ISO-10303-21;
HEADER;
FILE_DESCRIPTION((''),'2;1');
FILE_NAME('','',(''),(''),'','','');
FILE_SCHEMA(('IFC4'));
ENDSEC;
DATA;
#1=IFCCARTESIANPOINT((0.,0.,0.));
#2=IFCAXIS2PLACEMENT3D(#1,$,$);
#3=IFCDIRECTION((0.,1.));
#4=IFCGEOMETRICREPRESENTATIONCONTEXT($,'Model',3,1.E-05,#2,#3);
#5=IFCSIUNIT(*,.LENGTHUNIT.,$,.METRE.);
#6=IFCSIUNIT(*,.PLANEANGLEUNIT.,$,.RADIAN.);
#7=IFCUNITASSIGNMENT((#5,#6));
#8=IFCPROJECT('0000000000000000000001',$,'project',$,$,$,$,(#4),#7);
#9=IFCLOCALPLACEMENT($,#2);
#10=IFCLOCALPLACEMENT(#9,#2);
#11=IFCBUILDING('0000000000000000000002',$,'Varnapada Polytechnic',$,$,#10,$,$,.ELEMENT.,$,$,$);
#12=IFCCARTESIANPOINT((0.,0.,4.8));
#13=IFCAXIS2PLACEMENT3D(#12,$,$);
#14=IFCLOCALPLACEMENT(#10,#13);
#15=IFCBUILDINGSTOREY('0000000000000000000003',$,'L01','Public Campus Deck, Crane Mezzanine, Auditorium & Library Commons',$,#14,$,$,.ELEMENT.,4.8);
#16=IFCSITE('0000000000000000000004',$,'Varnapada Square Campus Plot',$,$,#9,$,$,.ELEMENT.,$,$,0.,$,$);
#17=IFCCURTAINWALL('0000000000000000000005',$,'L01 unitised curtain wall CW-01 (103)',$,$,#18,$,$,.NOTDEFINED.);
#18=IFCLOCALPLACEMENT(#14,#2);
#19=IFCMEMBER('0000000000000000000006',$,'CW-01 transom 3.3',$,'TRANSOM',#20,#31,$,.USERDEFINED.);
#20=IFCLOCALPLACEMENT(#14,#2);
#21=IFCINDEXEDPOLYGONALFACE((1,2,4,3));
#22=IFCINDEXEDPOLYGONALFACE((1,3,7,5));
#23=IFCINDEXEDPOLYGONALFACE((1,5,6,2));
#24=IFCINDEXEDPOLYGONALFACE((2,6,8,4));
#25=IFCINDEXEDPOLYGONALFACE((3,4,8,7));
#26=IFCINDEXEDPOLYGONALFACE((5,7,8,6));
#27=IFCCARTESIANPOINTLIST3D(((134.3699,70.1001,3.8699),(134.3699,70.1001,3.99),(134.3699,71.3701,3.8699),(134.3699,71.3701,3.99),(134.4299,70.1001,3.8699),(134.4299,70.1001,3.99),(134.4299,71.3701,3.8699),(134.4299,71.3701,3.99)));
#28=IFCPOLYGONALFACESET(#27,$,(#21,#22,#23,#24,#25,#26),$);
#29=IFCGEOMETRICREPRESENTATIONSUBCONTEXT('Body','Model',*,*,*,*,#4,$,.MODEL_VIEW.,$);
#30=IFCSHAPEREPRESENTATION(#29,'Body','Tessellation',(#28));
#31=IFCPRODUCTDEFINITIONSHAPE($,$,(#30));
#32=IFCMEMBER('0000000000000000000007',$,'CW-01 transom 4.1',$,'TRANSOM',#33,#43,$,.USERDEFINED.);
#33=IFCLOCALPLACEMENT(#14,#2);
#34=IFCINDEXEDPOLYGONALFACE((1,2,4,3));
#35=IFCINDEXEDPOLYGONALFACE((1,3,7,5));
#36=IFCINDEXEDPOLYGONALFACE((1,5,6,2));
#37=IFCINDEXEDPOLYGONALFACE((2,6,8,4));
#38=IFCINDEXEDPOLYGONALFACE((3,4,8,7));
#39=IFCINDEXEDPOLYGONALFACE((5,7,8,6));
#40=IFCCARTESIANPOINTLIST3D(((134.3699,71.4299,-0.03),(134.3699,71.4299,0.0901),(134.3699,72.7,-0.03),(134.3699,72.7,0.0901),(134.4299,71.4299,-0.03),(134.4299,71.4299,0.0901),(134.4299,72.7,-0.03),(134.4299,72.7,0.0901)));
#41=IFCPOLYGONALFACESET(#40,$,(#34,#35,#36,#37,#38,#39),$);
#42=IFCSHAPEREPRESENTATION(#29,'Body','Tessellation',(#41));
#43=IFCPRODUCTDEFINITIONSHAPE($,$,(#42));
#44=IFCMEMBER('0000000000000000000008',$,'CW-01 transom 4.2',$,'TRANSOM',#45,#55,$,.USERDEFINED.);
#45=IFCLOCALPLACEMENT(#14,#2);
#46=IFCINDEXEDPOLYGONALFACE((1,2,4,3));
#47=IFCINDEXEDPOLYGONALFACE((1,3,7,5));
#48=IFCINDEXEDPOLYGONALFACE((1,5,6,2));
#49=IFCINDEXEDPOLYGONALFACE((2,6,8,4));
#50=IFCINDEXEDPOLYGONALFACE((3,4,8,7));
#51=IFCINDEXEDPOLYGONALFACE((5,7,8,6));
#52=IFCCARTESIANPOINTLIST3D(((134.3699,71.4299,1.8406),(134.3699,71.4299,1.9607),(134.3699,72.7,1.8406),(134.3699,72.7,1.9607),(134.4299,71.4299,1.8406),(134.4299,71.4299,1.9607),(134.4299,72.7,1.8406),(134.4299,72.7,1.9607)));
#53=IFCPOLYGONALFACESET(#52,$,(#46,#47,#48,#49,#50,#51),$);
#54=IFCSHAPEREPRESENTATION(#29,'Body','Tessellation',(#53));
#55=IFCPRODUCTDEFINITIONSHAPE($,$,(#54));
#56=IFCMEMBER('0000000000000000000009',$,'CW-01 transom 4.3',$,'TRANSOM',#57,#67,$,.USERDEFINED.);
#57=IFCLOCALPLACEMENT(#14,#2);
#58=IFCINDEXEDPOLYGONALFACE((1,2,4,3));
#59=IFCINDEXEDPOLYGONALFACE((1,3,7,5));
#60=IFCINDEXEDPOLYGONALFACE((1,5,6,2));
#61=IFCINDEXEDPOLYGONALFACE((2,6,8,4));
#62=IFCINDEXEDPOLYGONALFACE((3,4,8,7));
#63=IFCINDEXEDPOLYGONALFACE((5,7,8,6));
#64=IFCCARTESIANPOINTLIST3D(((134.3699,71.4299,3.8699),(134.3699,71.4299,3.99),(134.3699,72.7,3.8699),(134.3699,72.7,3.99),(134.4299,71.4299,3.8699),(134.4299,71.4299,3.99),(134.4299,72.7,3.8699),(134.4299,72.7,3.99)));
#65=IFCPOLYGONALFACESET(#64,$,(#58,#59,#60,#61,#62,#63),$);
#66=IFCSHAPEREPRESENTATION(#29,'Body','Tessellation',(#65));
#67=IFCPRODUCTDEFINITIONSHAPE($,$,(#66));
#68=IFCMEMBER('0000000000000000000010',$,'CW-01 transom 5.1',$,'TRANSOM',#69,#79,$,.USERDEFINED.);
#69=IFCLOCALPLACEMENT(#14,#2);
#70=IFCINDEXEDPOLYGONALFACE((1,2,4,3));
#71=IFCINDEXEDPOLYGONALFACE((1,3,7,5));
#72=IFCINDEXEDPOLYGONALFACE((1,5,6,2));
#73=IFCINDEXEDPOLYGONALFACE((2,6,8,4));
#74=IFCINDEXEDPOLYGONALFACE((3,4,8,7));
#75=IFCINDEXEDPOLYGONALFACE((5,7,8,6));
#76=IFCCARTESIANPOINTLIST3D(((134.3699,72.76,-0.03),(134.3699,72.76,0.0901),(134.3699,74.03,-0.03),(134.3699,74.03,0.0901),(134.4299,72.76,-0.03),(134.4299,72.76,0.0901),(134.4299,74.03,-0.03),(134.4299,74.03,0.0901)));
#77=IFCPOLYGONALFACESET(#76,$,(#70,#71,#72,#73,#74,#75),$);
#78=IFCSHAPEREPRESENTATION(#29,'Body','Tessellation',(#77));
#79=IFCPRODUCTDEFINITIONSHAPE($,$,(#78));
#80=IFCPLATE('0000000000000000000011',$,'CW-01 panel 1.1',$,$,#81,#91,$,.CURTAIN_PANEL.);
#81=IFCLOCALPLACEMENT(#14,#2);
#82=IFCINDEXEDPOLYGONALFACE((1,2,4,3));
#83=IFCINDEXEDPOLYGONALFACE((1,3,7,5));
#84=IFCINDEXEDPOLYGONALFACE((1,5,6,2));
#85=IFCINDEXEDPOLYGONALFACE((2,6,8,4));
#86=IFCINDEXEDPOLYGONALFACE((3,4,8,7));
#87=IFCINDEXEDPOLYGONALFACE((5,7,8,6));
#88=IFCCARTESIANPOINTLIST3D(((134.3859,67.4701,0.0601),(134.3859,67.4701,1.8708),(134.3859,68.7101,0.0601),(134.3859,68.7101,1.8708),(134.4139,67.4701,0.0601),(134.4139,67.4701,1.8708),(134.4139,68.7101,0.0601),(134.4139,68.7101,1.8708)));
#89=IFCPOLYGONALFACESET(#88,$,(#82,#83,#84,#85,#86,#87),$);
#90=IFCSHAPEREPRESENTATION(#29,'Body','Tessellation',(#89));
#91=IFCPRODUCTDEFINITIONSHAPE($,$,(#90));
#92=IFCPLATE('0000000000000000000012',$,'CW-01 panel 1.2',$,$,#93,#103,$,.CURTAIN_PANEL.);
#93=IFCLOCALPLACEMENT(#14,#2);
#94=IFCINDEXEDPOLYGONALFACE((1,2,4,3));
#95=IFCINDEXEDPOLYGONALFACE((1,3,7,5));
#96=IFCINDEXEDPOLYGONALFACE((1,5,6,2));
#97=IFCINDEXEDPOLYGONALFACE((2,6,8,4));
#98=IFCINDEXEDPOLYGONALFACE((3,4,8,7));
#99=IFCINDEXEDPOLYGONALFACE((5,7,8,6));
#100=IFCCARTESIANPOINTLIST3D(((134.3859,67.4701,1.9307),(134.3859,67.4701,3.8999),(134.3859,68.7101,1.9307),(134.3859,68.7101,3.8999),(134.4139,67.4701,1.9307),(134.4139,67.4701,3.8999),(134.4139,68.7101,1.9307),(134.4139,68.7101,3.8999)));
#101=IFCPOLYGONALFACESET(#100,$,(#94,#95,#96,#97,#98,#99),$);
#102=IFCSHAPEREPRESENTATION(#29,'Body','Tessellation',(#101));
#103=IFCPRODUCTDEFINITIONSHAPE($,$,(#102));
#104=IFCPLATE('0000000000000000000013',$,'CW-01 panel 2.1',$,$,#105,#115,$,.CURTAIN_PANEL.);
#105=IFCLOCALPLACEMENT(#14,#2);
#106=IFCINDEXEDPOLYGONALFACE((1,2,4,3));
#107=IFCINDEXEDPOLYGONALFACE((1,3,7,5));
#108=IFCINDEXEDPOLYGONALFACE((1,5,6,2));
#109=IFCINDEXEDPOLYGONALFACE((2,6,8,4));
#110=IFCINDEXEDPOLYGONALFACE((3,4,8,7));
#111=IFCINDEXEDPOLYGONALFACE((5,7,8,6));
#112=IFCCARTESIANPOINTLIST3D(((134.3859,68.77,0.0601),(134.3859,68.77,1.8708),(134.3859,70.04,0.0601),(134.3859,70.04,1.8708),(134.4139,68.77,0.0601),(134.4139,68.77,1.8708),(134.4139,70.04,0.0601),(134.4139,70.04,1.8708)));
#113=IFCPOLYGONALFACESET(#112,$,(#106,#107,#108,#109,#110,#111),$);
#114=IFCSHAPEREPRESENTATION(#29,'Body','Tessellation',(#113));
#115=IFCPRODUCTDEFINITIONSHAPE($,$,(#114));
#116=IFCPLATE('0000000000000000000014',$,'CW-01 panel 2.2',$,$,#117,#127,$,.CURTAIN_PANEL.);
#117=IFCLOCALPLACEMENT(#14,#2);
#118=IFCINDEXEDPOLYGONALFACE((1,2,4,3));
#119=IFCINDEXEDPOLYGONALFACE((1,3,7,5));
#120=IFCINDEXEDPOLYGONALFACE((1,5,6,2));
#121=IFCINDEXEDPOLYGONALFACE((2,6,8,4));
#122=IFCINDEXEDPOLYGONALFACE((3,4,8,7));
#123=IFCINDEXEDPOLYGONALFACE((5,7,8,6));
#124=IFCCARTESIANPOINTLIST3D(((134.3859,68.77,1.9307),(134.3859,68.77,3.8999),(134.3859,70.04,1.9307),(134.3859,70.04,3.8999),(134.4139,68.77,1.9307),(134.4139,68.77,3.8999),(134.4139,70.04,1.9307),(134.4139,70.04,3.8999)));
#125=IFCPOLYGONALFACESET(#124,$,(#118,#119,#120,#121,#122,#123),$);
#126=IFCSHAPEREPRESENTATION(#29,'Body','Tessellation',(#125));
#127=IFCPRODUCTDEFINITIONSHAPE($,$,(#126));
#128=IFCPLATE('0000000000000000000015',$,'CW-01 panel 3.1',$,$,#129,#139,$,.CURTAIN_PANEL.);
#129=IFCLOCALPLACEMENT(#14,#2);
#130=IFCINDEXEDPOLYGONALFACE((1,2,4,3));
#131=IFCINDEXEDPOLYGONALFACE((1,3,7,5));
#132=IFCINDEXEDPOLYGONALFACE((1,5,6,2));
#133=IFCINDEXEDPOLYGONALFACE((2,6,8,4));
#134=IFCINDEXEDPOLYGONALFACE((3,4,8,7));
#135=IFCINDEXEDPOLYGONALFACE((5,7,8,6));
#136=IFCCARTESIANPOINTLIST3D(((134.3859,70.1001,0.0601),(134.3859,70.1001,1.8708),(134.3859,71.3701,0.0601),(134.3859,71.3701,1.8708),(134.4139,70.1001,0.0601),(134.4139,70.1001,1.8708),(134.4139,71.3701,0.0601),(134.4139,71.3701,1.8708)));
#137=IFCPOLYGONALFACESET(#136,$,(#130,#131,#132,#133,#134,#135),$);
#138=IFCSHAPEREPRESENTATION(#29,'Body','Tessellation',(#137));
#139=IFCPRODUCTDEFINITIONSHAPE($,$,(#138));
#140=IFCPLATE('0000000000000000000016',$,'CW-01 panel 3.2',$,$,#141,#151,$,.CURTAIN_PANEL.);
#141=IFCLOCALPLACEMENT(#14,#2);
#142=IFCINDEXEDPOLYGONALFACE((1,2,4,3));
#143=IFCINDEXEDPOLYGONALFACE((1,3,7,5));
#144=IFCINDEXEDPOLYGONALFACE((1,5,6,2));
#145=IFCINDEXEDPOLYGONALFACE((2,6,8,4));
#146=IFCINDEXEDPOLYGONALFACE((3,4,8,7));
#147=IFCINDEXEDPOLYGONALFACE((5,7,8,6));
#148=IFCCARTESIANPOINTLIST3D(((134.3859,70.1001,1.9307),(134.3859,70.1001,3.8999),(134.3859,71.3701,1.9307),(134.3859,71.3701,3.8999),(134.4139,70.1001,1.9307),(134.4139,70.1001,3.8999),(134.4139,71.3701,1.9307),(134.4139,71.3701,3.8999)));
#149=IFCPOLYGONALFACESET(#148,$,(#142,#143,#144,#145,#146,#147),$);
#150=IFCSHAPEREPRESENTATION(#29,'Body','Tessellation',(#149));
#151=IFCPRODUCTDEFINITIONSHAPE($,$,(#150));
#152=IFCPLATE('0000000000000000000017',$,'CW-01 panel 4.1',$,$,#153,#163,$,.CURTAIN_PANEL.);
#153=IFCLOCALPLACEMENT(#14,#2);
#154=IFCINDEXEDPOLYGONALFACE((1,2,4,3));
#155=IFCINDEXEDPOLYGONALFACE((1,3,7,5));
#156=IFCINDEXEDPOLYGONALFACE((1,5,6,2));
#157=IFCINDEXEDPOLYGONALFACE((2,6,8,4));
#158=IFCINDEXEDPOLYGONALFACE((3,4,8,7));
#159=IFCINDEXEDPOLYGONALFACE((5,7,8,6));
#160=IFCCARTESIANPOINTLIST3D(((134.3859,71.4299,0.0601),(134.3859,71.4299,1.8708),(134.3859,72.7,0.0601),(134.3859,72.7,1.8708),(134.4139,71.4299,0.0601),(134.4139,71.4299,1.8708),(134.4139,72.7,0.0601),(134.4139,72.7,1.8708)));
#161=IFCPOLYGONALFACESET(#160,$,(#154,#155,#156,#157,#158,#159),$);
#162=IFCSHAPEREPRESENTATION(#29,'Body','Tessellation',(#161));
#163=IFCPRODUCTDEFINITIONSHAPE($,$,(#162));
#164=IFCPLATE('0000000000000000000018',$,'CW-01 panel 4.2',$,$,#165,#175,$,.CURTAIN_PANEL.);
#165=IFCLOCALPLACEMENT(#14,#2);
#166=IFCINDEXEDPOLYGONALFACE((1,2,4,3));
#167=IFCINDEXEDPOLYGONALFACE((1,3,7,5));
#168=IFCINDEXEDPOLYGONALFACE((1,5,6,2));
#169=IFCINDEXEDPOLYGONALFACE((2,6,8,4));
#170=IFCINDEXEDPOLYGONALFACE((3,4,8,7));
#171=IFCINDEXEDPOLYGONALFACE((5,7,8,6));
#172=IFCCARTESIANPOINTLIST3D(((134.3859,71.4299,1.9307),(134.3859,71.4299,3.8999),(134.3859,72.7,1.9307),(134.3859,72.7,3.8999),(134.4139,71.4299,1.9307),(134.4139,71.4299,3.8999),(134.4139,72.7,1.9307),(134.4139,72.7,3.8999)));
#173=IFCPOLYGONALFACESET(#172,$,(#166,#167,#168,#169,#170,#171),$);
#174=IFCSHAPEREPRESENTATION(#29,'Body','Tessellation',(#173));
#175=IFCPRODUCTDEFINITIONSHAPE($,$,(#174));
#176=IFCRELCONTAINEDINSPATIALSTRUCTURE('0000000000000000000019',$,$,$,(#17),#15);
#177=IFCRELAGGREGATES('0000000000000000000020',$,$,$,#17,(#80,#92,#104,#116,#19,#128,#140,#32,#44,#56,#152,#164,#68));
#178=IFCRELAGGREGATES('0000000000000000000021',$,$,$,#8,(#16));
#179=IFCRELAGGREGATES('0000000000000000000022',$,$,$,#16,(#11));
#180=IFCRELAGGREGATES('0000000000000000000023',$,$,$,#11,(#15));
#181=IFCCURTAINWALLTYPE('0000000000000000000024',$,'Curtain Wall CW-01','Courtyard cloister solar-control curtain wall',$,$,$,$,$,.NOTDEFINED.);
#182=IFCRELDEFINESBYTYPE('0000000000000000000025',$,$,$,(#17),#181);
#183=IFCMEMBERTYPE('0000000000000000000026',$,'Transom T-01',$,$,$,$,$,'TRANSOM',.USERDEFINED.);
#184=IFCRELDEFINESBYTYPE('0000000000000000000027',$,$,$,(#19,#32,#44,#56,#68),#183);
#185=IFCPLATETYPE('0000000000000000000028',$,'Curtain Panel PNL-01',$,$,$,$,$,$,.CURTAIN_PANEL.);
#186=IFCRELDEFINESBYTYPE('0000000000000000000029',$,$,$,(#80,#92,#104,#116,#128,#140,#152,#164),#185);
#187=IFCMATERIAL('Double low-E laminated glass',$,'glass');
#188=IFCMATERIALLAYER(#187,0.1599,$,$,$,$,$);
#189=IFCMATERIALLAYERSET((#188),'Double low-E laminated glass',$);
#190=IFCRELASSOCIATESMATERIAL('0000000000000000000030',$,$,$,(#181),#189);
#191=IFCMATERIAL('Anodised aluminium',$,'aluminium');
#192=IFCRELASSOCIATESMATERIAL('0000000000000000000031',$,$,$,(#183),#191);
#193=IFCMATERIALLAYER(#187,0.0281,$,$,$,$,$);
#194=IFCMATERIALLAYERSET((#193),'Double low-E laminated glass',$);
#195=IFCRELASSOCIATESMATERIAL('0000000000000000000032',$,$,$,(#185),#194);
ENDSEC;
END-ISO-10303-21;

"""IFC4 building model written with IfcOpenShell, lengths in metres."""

from ifc_helpers import new_model, si_unit, direction, frame, origin, origin_2d, place, context, subcontext, project, spatial, rectangle, extrude, material, layer, layer_set, material_profile, profile_set, type_object, element, aggregate, save


model = new_model("IFC4")

# Units and contexts
model_context = context("Model", 3, precision=1e-05, world=origin(), true_north=direction((0.0, 1.0)))
body_context = subcontext(model_context, "Body", "Model", "MODEL_VIEW")
ifc_project = project(units=[si_unit("LENGTHUNIT", "METRE"), si_unit("PLANEANGLEUNIT", "RADIAN")], contexts=[model_context])

# Site, building, storey
site_placement = place(None, origin())
site = spatial("IfcSite", under=ifc_project, at=site_placement, Name="Varnapada Square Campus Plot", CompositionType="ELEMENT", RefElevation=0.0)
building_placement = place(site_placement, origin())
building = spatial("IfcBuilding", under=site, at=building_placement, Name="Varnapada Polytechnic", CompositionType="ELEMENT")
storey_placement = place(building_placement, frame((0.0, 0.0, 4.8)))
storey = spatial("IfcBuildingStorey", under=building, at=storey_placement, Name="L01", Description="Public Campus Deck, Crane Mezzanine, Auditorium & Library Commons", CompositionType="ELEMENT", Elevation=4.8)

# Curtain wall
ifc_material_1 = material(Name="Double low-E laminated glass", Category="glass")
ifc_layer_1 = layer(ifc_material_1, 0.1599)
ifc_layer_set_1 = layer_set([ifc_layer_1], Name="Double low-E laminated glass")
curtain_wall_type = type_object("IfcCurtainWallType", Name="Curtain Wall CW-01", Description="Courtyard cloister solar-control curtain wall", PredefinedType="NOTDEFINED", material=ifc_layer_set_1)
curtain_wall_placement = place(storey_placement, origin())
curtain_wall = element("IfcCurtainWall", 1, at=curtain_wall_placement, inside=storey, type_object=curtain_wall_type, Name="L01 unitised curtain wall CW-01 (103)", PredefinedType="NOTDEFINED")
ifc_material_2 = material(Name="Anodised aluminium", Category="aluminium")

# Members
ifc_material_profile_1 = material_profile(ifc_material_2, rectangle(XDim=0.0601, YDim=0.1201, at=origin_2d()), Name="ALU T60x120")
ifc_profile_set_1 = profile_set([ifc_material_profile_1], Name="Anodised aluminium")
member_type_1 = type_object("IfcMemberType", Name="Transom T-01", ElementType="TRANSOM", PredefinedType="USERDEFINED", material=ifc_profile_set_1)
member_1_placement = place(storey_placement, frame((134.3999, 70.1001, 3.9299), z_axis=(0.0, 1.0, 0.0), x_axis=(-1.0, 0.0, 0.0)))
member_1 = element("IfcMember", 2, at=member_1_placement, type_object=member_type_1, Name="CW-01 transom 3.3", ObjectType="TRANSOM", PredefinedType="USERDEFINED", context=body_context, shape_type="SweptSolid", body=[
    extrude(rectangle(XDim=0.0601, YDim=0.1201, at=origin_2d()), origin(), (0.0, 0.0, 1.0), 1.27),
])
member_2_placement = place(storey_placement, frame((134.3999, 71.4299, 0.03), z_axis=(0.0, 1.0, 0.0), x_axis=(-1.0, 0.0, 0.0)))
member_2 = element("IfcMember", 3, at=member_2_placement, type_object=member_type_1, Name="CW-01 transom 4.1", ObjectType="TRANSOM", PredefinedType="USERDEFINED", context=body_context, shape_type="SweptSolid", body=[
    extrude(rectangle(XDim=0.0601, YDim=0.1201, at=origin_2d()), origin(), (0.0, 0.0, 1.0), 1.27),
])
member_3_placement = place(storey_placement, frame((134.3999, 71.4299, 1.9006), z_axis=(0.0, 1.0, 0.0), x_axis=(-1.0, 0.0, 0.0)))
member_3 = element("IfcMember", 4, at=member_3_placement, type_object=member_type_1, Name="CW-01 transom 4.2", ObjectType="TRANSOM", PredefinedType="USERDEFINED", context=body_context, shape_type="SweptSolid", body=[
    extrude(rectangle(XDim=0.0601, YDim=0.1201, at=origin_2d()), origin(), (0.0, 0.0, 1.0), 1.27),
])
member_4_placement = place(storey_placement, frame((134.3999, 71.4299, 3.9299), z_axis=(0.0, 1.0, 0.0), x_axis=(-1.0, 0.0, 0.0)))
member_4 = element("IfcMember", 5, at=member_4_placement, type_object=member_type_1, Name="CW-01 transom 4.3", ObjectType="TRANSOM", PredefinedType="USERDEFINED", context=body_context, shape_type="SweptSolid", body=[
    extrude(rectangle(XDim=0.0601, YDim=0.1201, at=origin_2d()), origin(), (0.0, 0.0, 1.0), 1.27),
])
member_5_placement = place(storey_placement, frame((134.3999, 72.76, 0.03), z_axis=(0.0, 1.0, 0.0), x_axis=(-1.0, 0.0, 0.0)))
member_5 = element("IfcMember", 6, at=member_5_placement, type_object=member_type_1, Name="CW-01 transom 5.1", ObjectType="TRANSOM", PredefinedType="USERDEFINED", context=body_context, shape_type="SweptSolid", body=[
    extrude(rectangle(XDim=0.0601, YDim=0.1201, at=origin_2d()), origin(), (0.0, 0.0, 1.0), 1.27),
])

# Plates
ifc_layer_2 = layer(ifc_material_1, 0.0281)
ifc_layer_set_2 = layer_set([ifc_layer_2], Name="Double low-E laminated glass")
plate_type = type_object("IfcPlateType", Name="Curtain Panel PNL-01", PredefinedType="CURTAIN_PANEL", material=ifc_layer_set_2)
plate_1_placement = place(storey_placement, frame((134.3999, 68.0901, 0.0601), z_axis=(0.0, 0.0, 1.0), x_axis=(0.0, 1.0, 0.0)))
plate_1 = element("IfcPlate", 7, at=plate_1_placement, type_object=plate_type, Name="CW-01 panel 1.1", PredefinedType="CURTAIN_PANEL", context=body_context, shape_type="SweptSolid", body=[
    extrude(rectangle(XDim=1.24, YDim=0.0281, at=origin_2d()), origin(), (0.0, 0.0, 1.0), 1.8108),
])
plate_2_placement = place(storey_placement, frame((134.3999, 68.0901, 1.9307), z_axis=(0.0, 0.0, 1.0), x_axis=(0.0, 1.0, 0.0)))
plate_2 = element("IfcPlate", 8, at=plate_2_placement, type_object=plate_type, Name="CW-01 panel 1.2", PredefinedType="CURTAIN_PANEL", context=body_context, shape_type="SweptSolid", body=[
    extrude(rectangle(XDim=1.24, YDim=0.0281, at=origin_2d()), origin(), (0.0, 0.0, 1.0), 1.9692),
])
plate_3_placement = place(storey_placement, frame((134.3999, 69.405, 0.0601), z_axis=(0.0, 0.0, 1.0), x_axis=(0.0, 1.0, 0.0)))
plate_3 = element("IfcPlate", 9, at=plate_3_placement, type_object=plate_type, Name="CW-01 panel 2.1", PredefinedType="CURTAIN_PANEL", context=body_context, shape_type="SweptSolid", body=[
    extrude(rectangle(XDim=1.27, YDim=0.0281, at=origin_2d()), origin(), (0.0, 0.0, 1.0), 1.8108),
])
plate_4_placement = place(storey_placement, frame((134.3999, 69.405, 1.9307), z_axis=(0.0, 0.0, 1.0), x_axis=(0.0, 1.0, 0.0)))
plate_4 = element("IfcPlate", 10, at=plate_4_placement, type_object=plate_type, Name="CW-01 panel 2.2", PredefinedType="CURTAIN_PANEL", context=body_context, shape_type="SweptSolid", body=[
    extrude(rectangle(XDim=1.27, YDim=0.0281, at=origin_2d()), origin(), (0.0, 0.0, 1.0), 1.9692),
])
plate_5_placement = place(storey_placement, frame((134.3999, 70.7351, 0.0601), z_axis=(0.0, 0.0, 1.0), x_axis=(0.0, 1.0, 0.0)))
plate_5 = element("IfcPlate", 11, at=plate_5_placement, type_object=plate_type, Name="CW-01 panel 3.1", PredefinedType="CURTAIN_PANEL", context=body_context, shape_type="SweptSolid", body=[
    extrude(rectangle(XDim=1.27, YDim=0.0281, at=origin_2d()), origin(), (0.0, 0.0, 1.0), 1.8108),
])
plate_6_placement = place(storey_placement, frame((134.3999, 70.7351, 1.9307), z_axis=(0.0, 0.0, 1.0), x_axis=(0.0, 1.0, 0.0)))
plate_6 = element("IfcPlate", 12, at=plate_6_placement, type_object=plate_type, Name="CW-01 panel 3.2", PredefinedType="CURTAIN_PANEL", context=body_context, shape_type="SweptSolid", body=[
    extrude(rectangle(XDim=1.27, YDim=0.0281, at=origin_2d()), origin(), (0.0, 0.0, 1.0), 1.9692),
])
plate_7_placement = place(storey_placement, frame((134.3999, 72.0649, 0.0601), z_axis=(0.0, 0.0, 1.0), x_axis=(0.0, 1.0, 0.0)))
plate_7 = element("IfcPlate", 13, at=plate_7_placement, type_object=plate_type, Name="CW-01 panel 4.1", PredefinedType="CURTAIN_PANEL", context=body_context, shape_type="SweptSolid", body=[
    extrude(rectangle(XDim=1.27, YDim=0.0281, at=origin_2d()), origin(), (0.0, 0.0, 1.0), 1.8108),
])
plate_8_placement = place(storey_placement, frame((134.3999, 72.0649, 1.9307), z_axis=(0.0, 0.0, 1.0), x_axis=(0.0, 1.0, 0.0)))
plate_8 = element("IfcPlate", 14, at=plate_8_placement, type_object=plate_type, Name="CW-01 panel 4.2", PredefinedType="CURTAIN_PANEL", context=body_context, shape_type="SweptSolid", body=[
    extrude(rectangle(XDim=1.27, YDim=0.0281, at=origin_2d()), origin(), (0.0, 0.0, 1.0), 1.9692),
])
aggregate(curtain_wall, [plate_1, plate_2, plate_3, plate_4, member_1, plate_5, plate_6, member_2, member_3, member_4, plate_7, plate_8, member_5])

save(model, "model.ifc")
